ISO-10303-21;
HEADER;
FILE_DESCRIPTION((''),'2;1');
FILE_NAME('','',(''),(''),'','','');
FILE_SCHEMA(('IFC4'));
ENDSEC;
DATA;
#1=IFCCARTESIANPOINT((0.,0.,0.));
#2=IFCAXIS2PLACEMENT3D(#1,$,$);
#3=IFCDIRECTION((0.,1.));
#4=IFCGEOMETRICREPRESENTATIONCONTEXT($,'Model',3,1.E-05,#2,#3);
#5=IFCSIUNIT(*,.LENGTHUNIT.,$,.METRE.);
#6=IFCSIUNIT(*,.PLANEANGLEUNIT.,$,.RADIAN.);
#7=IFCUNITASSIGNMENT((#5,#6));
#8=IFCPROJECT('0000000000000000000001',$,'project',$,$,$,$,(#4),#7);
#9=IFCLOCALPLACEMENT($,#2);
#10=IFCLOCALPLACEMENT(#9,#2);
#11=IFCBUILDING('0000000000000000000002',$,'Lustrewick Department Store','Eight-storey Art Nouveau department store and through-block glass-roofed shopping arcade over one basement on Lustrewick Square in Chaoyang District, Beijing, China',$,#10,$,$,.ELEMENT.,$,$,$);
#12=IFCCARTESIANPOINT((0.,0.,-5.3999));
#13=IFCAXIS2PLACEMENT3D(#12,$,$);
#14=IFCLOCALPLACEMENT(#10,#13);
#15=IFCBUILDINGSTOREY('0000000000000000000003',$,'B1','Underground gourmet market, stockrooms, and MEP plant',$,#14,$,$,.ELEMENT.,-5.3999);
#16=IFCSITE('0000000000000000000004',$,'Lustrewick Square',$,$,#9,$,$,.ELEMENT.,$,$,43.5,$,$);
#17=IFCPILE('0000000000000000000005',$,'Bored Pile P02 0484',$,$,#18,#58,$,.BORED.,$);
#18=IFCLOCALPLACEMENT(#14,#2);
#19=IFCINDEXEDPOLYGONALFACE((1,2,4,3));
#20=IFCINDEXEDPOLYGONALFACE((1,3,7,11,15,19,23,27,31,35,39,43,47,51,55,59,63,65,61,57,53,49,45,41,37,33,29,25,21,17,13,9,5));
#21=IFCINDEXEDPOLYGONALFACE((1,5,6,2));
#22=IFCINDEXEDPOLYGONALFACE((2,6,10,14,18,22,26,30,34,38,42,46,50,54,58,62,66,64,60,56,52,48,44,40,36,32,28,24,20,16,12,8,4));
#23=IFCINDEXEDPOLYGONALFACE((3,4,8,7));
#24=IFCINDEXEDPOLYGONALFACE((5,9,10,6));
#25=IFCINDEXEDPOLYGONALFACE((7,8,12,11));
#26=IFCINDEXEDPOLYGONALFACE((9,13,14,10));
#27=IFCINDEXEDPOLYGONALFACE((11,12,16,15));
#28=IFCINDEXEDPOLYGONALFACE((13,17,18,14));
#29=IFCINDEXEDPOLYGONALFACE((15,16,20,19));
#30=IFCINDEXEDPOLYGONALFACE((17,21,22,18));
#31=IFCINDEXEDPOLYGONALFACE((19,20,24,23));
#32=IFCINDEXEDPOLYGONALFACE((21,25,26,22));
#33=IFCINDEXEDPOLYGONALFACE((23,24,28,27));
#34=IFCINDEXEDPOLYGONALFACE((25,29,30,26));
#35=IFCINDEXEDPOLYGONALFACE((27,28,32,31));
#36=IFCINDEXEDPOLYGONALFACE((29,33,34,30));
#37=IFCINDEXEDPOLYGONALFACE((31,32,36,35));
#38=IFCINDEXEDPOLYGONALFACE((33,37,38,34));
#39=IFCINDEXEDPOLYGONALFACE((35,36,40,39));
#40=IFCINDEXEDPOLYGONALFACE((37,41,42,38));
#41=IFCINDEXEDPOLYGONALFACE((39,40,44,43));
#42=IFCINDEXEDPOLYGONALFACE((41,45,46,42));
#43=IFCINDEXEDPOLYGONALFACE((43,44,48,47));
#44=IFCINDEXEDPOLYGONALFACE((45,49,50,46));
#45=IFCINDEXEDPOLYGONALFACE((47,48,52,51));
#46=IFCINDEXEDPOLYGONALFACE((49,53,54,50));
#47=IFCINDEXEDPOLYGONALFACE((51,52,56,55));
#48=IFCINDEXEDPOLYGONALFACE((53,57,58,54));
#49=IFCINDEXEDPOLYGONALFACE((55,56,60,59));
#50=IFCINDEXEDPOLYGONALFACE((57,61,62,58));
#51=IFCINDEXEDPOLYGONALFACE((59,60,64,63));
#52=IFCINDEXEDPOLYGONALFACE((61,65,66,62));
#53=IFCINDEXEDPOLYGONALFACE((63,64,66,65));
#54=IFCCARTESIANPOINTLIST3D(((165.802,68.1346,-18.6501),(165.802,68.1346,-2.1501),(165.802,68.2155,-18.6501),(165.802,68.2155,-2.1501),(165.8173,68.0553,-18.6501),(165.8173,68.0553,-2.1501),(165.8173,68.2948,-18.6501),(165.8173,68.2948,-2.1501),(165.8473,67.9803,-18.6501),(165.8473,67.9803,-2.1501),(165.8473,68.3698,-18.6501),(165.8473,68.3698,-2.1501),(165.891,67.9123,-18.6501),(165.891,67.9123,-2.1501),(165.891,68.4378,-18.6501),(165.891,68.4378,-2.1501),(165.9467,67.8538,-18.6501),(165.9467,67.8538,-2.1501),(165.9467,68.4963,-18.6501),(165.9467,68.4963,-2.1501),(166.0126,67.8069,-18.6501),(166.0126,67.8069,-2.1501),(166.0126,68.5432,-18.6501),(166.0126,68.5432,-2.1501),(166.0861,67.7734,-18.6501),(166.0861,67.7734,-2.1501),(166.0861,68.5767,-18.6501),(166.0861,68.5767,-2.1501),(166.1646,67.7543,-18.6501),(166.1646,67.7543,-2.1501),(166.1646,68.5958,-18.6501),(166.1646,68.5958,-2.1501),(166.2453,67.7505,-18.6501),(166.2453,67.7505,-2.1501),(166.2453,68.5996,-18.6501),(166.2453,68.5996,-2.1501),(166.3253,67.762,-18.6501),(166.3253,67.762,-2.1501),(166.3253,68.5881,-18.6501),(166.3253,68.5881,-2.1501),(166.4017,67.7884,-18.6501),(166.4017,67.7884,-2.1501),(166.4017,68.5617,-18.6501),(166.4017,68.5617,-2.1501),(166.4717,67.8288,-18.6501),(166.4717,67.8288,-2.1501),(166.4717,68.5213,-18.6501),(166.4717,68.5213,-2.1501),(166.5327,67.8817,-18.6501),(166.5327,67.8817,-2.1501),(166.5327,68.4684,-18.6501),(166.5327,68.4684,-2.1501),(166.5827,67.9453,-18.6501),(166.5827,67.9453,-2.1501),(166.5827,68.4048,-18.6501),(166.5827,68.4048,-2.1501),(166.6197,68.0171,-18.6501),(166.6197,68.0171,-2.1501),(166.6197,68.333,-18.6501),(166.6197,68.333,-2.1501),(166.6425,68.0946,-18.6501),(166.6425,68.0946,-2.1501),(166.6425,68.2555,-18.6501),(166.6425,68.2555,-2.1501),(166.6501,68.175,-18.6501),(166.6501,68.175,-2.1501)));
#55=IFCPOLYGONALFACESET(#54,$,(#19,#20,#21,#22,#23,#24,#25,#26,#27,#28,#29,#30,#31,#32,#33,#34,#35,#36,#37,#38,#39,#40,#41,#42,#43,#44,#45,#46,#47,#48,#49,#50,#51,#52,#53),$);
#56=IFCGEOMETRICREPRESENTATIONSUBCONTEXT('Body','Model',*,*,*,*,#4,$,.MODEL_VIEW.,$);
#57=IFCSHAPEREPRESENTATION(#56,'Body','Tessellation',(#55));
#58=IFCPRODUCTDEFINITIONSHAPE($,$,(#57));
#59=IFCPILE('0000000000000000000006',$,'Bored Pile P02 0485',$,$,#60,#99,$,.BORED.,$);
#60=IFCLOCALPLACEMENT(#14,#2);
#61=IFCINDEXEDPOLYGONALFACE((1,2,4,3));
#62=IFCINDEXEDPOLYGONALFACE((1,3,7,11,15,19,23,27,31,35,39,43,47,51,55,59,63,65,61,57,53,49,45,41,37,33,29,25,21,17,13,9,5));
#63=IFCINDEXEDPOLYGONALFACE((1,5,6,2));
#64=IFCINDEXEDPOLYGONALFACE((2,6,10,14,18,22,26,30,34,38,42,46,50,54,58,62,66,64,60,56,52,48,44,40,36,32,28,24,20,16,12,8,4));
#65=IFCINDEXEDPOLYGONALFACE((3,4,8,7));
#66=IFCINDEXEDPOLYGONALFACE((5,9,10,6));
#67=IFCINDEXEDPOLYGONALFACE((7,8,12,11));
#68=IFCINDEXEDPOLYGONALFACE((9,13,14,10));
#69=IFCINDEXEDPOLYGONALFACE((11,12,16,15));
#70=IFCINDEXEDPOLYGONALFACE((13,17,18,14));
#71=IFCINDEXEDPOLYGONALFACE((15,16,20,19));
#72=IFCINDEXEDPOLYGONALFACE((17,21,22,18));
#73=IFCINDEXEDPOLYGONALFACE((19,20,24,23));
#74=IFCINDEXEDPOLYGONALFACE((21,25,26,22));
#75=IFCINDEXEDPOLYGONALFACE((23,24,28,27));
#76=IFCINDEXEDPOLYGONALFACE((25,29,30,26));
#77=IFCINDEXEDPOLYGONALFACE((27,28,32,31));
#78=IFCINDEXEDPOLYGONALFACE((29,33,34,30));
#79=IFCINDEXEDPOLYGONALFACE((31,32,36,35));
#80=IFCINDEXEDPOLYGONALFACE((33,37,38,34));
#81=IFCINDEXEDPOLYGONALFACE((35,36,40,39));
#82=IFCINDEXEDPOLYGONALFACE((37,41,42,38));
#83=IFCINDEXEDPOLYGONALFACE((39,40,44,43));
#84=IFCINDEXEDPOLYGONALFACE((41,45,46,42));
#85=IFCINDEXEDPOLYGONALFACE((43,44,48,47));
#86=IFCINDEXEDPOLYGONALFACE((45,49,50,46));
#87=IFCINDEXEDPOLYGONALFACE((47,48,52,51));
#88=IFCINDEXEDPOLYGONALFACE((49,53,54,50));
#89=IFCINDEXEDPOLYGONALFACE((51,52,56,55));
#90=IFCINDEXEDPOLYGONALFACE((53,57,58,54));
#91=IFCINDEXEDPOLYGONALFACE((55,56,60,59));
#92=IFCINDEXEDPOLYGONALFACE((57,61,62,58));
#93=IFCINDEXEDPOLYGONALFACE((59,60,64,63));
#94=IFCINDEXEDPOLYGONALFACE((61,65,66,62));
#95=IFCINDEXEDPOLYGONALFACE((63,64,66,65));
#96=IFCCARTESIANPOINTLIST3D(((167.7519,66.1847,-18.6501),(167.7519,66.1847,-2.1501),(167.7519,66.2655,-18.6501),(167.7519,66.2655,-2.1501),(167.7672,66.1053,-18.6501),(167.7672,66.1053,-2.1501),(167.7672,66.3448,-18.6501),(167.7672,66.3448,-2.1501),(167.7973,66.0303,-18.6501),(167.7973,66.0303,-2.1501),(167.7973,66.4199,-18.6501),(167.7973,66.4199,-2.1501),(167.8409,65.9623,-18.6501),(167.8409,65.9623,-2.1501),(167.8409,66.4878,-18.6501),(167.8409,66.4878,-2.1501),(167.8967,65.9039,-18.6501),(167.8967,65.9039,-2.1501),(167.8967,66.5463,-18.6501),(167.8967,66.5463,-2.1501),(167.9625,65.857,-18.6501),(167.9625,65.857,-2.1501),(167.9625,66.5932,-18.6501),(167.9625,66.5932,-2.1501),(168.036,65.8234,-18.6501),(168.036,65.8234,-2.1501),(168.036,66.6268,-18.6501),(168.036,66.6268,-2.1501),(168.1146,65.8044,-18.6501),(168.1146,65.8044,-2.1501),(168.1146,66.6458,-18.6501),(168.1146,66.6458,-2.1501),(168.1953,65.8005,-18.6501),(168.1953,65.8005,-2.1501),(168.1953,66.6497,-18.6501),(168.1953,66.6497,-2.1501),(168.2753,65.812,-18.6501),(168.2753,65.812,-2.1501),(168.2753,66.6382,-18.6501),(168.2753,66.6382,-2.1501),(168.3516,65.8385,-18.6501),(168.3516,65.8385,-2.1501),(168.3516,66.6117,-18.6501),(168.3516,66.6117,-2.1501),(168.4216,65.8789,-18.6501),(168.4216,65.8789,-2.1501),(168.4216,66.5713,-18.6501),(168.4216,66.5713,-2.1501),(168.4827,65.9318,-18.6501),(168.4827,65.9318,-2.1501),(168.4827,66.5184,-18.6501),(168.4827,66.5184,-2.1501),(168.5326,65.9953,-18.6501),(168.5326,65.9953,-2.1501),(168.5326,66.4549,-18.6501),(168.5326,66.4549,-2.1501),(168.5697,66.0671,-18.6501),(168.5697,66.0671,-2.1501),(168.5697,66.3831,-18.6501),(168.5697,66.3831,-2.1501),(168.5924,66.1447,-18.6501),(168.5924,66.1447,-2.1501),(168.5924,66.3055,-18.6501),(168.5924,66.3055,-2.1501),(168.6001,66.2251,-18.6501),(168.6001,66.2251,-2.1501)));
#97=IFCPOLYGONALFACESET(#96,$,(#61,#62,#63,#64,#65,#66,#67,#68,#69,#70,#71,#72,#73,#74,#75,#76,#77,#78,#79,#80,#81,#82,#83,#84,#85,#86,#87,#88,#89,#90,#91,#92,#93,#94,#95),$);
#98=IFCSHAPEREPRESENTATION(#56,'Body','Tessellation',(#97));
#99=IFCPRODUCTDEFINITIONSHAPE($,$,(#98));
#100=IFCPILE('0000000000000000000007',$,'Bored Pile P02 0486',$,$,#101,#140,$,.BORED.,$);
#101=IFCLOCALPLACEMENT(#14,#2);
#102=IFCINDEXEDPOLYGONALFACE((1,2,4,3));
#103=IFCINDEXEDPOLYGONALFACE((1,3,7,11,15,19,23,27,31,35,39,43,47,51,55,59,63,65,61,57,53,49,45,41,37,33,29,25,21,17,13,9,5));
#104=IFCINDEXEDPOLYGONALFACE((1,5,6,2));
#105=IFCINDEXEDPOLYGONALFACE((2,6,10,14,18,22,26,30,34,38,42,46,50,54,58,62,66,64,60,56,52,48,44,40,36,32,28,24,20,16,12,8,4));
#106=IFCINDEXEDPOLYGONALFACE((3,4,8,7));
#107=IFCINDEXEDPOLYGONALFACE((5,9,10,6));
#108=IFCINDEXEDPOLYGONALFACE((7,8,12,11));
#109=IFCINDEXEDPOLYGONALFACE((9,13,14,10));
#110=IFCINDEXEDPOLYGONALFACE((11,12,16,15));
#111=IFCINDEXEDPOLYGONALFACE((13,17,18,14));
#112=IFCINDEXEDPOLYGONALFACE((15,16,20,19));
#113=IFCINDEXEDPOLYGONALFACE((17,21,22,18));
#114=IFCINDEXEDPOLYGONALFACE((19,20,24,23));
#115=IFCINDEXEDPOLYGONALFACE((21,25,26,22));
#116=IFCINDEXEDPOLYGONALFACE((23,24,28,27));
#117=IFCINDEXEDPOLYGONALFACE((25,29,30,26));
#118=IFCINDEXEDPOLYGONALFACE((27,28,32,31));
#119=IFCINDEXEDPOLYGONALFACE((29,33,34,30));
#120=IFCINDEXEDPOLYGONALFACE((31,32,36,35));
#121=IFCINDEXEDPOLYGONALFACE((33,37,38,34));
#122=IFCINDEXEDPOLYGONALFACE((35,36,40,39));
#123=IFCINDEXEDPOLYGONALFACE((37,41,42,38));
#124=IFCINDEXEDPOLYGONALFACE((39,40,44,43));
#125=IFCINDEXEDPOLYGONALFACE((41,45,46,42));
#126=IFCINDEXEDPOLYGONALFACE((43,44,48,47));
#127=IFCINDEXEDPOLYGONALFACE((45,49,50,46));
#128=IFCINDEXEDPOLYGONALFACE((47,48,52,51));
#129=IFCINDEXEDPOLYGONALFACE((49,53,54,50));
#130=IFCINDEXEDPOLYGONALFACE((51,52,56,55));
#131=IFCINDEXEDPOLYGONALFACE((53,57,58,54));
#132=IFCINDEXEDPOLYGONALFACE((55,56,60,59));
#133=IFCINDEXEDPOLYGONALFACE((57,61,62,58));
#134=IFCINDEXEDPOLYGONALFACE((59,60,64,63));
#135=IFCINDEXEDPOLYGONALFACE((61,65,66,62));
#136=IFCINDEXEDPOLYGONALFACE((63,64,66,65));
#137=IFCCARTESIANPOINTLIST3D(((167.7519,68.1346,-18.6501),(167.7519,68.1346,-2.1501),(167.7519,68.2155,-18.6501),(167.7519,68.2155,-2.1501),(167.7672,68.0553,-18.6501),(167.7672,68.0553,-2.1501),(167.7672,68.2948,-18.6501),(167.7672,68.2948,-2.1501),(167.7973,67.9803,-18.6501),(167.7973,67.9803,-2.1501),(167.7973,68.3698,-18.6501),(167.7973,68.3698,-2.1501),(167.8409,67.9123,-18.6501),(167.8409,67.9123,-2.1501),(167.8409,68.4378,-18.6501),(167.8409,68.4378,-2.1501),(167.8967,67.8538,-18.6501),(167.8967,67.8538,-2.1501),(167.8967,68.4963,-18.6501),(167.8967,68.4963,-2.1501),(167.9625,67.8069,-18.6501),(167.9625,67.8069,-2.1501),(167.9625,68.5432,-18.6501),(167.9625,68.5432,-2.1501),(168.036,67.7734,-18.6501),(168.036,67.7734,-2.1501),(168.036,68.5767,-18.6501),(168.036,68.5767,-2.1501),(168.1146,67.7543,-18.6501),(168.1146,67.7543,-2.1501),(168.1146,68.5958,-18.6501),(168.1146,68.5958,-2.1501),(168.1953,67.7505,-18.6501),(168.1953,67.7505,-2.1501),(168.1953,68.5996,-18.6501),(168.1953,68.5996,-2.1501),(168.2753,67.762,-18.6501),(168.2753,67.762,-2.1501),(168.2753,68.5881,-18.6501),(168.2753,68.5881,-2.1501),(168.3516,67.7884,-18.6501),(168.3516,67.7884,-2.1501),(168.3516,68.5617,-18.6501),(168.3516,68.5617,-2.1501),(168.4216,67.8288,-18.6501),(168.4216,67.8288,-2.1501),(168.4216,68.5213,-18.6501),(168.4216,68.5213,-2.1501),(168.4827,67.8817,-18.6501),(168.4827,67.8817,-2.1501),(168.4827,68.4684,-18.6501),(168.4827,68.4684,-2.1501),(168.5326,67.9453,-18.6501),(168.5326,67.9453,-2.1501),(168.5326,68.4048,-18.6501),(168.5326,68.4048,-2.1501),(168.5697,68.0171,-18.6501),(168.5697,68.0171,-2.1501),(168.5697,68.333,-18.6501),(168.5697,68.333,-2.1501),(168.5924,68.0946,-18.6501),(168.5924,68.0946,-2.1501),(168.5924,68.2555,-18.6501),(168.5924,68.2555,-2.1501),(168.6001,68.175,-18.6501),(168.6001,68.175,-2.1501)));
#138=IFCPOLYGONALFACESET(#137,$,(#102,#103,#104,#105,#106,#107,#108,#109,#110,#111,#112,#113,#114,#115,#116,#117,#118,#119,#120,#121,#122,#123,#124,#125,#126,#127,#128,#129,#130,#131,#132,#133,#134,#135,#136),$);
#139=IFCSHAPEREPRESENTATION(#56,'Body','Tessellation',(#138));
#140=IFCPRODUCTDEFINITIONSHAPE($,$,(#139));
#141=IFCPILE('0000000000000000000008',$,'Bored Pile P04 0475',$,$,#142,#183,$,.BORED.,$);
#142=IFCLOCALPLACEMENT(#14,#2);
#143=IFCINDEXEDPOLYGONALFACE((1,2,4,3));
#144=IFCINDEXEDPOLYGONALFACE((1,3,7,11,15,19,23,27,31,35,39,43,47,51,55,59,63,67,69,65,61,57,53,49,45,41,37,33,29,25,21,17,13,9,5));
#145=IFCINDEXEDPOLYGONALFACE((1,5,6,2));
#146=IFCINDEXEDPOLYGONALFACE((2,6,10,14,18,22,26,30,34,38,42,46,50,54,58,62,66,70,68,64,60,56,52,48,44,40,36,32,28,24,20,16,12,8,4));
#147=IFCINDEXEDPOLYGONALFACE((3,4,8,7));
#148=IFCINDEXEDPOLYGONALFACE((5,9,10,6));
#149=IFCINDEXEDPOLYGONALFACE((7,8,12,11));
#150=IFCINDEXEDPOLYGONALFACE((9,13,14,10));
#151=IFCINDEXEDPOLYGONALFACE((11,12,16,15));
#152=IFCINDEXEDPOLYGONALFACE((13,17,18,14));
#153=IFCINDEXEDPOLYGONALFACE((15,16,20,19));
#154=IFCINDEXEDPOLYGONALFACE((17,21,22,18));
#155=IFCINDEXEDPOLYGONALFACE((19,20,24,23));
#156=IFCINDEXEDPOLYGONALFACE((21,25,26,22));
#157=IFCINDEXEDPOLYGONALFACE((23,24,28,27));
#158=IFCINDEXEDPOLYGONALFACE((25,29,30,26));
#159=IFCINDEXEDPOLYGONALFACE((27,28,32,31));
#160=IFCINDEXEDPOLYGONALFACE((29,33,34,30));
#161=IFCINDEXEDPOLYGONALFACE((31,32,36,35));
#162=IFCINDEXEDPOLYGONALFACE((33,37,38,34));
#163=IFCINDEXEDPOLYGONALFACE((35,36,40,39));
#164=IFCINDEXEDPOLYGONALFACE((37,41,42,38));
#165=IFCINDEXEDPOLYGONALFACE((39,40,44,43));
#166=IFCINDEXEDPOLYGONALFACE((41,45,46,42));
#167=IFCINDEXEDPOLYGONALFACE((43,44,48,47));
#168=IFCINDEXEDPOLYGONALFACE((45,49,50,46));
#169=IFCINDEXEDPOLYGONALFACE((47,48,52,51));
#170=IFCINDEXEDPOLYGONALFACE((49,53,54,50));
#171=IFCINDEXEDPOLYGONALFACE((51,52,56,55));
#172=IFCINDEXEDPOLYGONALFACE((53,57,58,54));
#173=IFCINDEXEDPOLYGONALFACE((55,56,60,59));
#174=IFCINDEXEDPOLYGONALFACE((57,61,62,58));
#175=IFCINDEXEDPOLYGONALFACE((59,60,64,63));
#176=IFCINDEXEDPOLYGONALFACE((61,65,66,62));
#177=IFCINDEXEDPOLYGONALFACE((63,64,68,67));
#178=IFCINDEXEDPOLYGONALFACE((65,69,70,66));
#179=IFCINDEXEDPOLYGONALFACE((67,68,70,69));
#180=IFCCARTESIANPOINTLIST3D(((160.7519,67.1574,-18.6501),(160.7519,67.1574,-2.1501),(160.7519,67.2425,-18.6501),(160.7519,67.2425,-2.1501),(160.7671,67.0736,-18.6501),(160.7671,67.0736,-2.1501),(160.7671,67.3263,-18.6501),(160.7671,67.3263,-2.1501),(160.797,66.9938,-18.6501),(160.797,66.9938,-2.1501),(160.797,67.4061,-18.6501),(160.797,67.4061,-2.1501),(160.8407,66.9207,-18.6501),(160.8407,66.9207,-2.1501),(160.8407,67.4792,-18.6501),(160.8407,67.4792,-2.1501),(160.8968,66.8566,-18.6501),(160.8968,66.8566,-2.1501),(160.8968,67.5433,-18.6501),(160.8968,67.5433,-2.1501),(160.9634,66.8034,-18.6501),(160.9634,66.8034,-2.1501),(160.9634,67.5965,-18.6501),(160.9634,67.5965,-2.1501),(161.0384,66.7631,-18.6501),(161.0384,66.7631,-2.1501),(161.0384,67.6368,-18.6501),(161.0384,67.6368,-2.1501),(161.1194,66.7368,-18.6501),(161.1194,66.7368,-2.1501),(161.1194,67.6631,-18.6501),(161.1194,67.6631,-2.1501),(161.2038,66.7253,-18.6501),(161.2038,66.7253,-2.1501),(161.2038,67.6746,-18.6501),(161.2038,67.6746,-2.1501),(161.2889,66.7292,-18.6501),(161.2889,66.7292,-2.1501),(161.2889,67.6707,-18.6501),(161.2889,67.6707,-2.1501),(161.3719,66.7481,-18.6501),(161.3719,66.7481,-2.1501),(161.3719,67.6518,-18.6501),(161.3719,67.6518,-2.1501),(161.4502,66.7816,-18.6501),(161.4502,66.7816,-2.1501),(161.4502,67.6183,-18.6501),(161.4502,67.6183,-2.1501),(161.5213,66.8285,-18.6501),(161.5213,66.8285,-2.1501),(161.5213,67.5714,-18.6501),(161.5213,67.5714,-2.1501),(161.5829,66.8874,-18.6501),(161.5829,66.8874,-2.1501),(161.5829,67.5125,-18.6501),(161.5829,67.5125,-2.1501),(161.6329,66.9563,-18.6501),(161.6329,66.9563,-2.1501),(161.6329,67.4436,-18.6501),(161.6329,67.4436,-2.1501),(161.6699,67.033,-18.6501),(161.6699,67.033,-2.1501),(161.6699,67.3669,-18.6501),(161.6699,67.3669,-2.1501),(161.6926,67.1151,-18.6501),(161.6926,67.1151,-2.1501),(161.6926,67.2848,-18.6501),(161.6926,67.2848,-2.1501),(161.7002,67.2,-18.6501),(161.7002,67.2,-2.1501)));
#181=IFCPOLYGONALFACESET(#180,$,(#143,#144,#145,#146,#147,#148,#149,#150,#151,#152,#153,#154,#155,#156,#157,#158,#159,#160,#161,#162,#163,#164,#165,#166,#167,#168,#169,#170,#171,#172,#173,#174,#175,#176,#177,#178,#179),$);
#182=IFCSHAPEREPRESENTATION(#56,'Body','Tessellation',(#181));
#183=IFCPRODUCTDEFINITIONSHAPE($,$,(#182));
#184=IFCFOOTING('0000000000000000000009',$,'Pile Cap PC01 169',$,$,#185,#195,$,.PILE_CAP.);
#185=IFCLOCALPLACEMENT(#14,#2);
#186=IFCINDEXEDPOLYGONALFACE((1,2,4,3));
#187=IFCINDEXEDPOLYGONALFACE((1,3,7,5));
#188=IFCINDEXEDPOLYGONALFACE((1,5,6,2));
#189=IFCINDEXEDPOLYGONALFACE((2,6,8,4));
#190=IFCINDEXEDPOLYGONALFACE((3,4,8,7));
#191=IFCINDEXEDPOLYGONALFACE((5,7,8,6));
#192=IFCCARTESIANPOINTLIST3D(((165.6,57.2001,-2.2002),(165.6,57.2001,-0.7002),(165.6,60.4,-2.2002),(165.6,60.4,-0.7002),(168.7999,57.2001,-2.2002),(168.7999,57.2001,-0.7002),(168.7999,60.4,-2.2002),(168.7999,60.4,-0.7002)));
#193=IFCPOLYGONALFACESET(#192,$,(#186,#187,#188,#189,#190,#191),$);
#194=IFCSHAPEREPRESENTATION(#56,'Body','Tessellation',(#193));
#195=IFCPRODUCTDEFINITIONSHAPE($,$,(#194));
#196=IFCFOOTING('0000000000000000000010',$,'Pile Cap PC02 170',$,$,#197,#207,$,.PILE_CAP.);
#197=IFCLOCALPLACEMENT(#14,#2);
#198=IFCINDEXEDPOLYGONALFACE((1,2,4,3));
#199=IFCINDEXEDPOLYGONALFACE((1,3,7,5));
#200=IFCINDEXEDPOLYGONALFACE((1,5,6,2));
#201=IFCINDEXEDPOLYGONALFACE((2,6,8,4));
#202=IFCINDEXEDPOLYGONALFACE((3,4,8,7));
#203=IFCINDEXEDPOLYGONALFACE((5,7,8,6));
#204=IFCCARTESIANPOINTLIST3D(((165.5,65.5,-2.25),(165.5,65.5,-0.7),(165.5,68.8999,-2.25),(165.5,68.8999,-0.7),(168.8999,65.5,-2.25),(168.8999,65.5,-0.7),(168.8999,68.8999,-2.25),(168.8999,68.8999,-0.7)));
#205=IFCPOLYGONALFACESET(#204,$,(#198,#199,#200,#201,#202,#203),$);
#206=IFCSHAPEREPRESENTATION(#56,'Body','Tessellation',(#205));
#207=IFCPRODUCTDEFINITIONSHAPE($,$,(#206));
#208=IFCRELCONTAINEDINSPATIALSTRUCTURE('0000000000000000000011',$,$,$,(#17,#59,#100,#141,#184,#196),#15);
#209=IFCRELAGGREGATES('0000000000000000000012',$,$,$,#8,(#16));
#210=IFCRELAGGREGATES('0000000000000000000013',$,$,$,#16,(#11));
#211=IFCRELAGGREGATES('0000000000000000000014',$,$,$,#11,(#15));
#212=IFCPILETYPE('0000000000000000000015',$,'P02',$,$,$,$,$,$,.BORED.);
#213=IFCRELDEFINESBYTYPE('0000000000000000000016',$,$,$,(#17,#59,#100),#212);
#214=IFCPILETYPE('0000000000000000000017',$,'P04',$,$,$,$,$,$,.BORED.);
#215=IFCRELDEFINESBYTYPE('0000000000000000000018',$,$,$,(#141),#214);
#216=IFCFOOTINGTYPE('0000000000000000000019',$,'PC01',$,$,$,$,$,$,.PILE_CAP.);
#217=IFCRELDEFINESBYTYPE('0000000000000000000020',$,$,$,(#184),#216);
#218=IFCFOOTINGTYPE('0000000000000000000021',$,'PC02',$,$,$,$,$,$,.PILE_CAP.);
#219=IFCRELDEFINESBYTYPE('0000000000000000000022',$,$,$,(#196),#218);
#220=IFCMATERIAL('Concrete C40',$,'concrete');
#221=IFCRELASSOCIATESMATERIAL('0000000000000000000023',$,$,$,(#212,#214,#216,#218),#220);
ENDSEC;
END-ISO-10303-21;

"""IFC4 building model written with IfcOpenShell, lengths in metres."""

from ifc_helpers import new_model, si_unit, direction, frame, origin, origin_2d, place, context, subcontext, project, spatial, rectangle, circle, extrude, material, material_profile, profile_set, type_object, element, save


model = new_model("IFC4")

# Units and contexts
model_context = context("Model", 3, precision=1e-05, world=origin(), true_north=direction((0.0, 1.0)))
body_context = subcontext(model_context, "Body", "Model", "MODEL_VIEW")
ifc_project = project(units=[si_unit("LENGTHUNIT", "METRE"), si_unit("PLANEANGLEUNIT", "RADIAN")], contexts=[model_context])

# Site, building, storey
site_placement = place(None, origin())
site = spatial("IfcSite", under=ifc_project, at=site_placement, Name="Lustrewick Square", CompositionType="ELEMENT", RefElevation=43.5)
building_placement = place(site_placement, origin())
building = spatial("IfcBuilding", under=site, at=building_placement, Name="Lustrewick Department Store", Description="Eight-storey Art Nouveau department store and through-block glass-roofed shopping arcade over one basement on Lustrewick Square in Chaoyang District, Beijing, China", CompositionType="ELEMENT")
storey_placement = place(building_placement, frame((0.0, 0.0, -5.3999)))
storey = spatial("IfcBuildingStorey", under=building, at=storey_placement, Name="B1", Description="Underground gourmet market, stockrooms, and MEP plant", CompositionType="ELEMENT", Elevation=-5.3999)

# Piles
ifc_material_1 = material(Name="Concrete C40", Category="concrete")
ifc_material_profile_1 = material_profile(ifc_material_1, circle(Radius=0.425, at=origin_2d()), Name="PILE D850")
ifc_profile_set_1 = profile_set([ifc_material_profile_1], Name="Concrete C40")
pile_type_1 = type_object("IfcPileType", Name="P02", PredefinedType="BORED", material=ifc_profile_set_1)
for number, where, z_axis, x_axis, name in (
    (1, (166.2251, 68.175, -2.1501), (0.0, 0.0, -1.0), (1.0, 0.0, 0.0), "Bored Pile P02 0484"),
    (2, (168.175, 66.2251, -2.1501), (0.0, 0.0, -1.0), (1.0, 0.0, 0.0), "Bored Pile P02 0485"),
    (3, (168.175, 68.175, -2.1501), (0.0, 0.0, -1.0), (1.0, 0.0, 0.0), "Bored Pile P02 0486"),
):
    element("IfcPile", number, at=place(storey_placement, frame(where, z_axis=z_axis, x_axis=x_axis)), inside=storey, type_object=pile_type_1, Name=name, PredefinedType="BORED", context=body_context, shape_type="SweptSolid", body=[
        extrude(circle(Radius=0.425, at=origin_2d()), origin(), (0.0, 0.0, 1.0), 16.5),
    ])
ifc_material_profile_2 = material_profile(ifc_material_1, circle(Radius=0.4751, at=origin_2d()), Name="PILE D950")
ifc_profile_set_2 = profile_set([ifc_material_profile_2], Name="Concrete C40")
pile_type_2 = type_object("IfcPileType", Name="P04", PredefinedType="BORED", material=ifc_profile_set_2)
pile_placement = place(storey_placement, frame((161.2251, 67.2, -2.1501), z_axis=(0.0, 0.0, -1.0), x_axis=(1.0, 0.0, 0.0)))
element("IfcPile", 4, at=pile_placement, inside=storey, type_object=pile_type_2, Name="Bored Pile P04 0475", PredefinedType="BORED", context=body_context, shape_type="SweptSolid", body=[
    extrude(circle(Radius=0.4751, at=origin_2d()), origin(), (0.0, 0.0, 1.0), 16.5),
])

# Footings
footing_type_1 = type_object("IfcFootingType", Name="PC01", PredefinedType="PILE_CAP", material=ifc_material_1)
footing_1_placement = place(storey_placement, frame((167.2, 58.8, -2.2002), z_axis=(0.0, 0.0, 1.0), x_axis=(1.0, 0.0, 0.0)))
element("IfcFooting", 5, at=footing_1_placement, inside=storey, type_object=footing_type_1, Name="Pile Cap PC01 169", PredefinedType="PILE_CAP", context=body_context, shape_type="SweptSolid", body=[
    extrude(rectangle(XDim=3.2, YDim=3.2, at=origin_2d()), origin(), (0.0, 0.0, 1.0), 1.5),
])
footing_type_2 = type_object("IfcFootingType", Name="PC02", PredefinedType="PILE_CAP", material=ifc_material_1)
footing_2_placement = place(storey_placement, frame((167.2, 67.2, -2.25), z_axis=(0.0, 0.0, 1.0), x_axis=(1.0, 0.0, 0.0)))
element("IfcFooting", 6, at=footing_2_placement, inside=storey, type_object=footing_type_2, Name="Pile Cap PC02 170", PredefinedType="PILE_CAP", context=body_context, shape_type="SweptSolid", body=[
    extrude(rectangle(XDim=3.3999, YDim=3.3999, at=origin_2d()), origin(), (0.0, 0.0, 1.0), 1.55),
])

save(model, "model.ifc")
